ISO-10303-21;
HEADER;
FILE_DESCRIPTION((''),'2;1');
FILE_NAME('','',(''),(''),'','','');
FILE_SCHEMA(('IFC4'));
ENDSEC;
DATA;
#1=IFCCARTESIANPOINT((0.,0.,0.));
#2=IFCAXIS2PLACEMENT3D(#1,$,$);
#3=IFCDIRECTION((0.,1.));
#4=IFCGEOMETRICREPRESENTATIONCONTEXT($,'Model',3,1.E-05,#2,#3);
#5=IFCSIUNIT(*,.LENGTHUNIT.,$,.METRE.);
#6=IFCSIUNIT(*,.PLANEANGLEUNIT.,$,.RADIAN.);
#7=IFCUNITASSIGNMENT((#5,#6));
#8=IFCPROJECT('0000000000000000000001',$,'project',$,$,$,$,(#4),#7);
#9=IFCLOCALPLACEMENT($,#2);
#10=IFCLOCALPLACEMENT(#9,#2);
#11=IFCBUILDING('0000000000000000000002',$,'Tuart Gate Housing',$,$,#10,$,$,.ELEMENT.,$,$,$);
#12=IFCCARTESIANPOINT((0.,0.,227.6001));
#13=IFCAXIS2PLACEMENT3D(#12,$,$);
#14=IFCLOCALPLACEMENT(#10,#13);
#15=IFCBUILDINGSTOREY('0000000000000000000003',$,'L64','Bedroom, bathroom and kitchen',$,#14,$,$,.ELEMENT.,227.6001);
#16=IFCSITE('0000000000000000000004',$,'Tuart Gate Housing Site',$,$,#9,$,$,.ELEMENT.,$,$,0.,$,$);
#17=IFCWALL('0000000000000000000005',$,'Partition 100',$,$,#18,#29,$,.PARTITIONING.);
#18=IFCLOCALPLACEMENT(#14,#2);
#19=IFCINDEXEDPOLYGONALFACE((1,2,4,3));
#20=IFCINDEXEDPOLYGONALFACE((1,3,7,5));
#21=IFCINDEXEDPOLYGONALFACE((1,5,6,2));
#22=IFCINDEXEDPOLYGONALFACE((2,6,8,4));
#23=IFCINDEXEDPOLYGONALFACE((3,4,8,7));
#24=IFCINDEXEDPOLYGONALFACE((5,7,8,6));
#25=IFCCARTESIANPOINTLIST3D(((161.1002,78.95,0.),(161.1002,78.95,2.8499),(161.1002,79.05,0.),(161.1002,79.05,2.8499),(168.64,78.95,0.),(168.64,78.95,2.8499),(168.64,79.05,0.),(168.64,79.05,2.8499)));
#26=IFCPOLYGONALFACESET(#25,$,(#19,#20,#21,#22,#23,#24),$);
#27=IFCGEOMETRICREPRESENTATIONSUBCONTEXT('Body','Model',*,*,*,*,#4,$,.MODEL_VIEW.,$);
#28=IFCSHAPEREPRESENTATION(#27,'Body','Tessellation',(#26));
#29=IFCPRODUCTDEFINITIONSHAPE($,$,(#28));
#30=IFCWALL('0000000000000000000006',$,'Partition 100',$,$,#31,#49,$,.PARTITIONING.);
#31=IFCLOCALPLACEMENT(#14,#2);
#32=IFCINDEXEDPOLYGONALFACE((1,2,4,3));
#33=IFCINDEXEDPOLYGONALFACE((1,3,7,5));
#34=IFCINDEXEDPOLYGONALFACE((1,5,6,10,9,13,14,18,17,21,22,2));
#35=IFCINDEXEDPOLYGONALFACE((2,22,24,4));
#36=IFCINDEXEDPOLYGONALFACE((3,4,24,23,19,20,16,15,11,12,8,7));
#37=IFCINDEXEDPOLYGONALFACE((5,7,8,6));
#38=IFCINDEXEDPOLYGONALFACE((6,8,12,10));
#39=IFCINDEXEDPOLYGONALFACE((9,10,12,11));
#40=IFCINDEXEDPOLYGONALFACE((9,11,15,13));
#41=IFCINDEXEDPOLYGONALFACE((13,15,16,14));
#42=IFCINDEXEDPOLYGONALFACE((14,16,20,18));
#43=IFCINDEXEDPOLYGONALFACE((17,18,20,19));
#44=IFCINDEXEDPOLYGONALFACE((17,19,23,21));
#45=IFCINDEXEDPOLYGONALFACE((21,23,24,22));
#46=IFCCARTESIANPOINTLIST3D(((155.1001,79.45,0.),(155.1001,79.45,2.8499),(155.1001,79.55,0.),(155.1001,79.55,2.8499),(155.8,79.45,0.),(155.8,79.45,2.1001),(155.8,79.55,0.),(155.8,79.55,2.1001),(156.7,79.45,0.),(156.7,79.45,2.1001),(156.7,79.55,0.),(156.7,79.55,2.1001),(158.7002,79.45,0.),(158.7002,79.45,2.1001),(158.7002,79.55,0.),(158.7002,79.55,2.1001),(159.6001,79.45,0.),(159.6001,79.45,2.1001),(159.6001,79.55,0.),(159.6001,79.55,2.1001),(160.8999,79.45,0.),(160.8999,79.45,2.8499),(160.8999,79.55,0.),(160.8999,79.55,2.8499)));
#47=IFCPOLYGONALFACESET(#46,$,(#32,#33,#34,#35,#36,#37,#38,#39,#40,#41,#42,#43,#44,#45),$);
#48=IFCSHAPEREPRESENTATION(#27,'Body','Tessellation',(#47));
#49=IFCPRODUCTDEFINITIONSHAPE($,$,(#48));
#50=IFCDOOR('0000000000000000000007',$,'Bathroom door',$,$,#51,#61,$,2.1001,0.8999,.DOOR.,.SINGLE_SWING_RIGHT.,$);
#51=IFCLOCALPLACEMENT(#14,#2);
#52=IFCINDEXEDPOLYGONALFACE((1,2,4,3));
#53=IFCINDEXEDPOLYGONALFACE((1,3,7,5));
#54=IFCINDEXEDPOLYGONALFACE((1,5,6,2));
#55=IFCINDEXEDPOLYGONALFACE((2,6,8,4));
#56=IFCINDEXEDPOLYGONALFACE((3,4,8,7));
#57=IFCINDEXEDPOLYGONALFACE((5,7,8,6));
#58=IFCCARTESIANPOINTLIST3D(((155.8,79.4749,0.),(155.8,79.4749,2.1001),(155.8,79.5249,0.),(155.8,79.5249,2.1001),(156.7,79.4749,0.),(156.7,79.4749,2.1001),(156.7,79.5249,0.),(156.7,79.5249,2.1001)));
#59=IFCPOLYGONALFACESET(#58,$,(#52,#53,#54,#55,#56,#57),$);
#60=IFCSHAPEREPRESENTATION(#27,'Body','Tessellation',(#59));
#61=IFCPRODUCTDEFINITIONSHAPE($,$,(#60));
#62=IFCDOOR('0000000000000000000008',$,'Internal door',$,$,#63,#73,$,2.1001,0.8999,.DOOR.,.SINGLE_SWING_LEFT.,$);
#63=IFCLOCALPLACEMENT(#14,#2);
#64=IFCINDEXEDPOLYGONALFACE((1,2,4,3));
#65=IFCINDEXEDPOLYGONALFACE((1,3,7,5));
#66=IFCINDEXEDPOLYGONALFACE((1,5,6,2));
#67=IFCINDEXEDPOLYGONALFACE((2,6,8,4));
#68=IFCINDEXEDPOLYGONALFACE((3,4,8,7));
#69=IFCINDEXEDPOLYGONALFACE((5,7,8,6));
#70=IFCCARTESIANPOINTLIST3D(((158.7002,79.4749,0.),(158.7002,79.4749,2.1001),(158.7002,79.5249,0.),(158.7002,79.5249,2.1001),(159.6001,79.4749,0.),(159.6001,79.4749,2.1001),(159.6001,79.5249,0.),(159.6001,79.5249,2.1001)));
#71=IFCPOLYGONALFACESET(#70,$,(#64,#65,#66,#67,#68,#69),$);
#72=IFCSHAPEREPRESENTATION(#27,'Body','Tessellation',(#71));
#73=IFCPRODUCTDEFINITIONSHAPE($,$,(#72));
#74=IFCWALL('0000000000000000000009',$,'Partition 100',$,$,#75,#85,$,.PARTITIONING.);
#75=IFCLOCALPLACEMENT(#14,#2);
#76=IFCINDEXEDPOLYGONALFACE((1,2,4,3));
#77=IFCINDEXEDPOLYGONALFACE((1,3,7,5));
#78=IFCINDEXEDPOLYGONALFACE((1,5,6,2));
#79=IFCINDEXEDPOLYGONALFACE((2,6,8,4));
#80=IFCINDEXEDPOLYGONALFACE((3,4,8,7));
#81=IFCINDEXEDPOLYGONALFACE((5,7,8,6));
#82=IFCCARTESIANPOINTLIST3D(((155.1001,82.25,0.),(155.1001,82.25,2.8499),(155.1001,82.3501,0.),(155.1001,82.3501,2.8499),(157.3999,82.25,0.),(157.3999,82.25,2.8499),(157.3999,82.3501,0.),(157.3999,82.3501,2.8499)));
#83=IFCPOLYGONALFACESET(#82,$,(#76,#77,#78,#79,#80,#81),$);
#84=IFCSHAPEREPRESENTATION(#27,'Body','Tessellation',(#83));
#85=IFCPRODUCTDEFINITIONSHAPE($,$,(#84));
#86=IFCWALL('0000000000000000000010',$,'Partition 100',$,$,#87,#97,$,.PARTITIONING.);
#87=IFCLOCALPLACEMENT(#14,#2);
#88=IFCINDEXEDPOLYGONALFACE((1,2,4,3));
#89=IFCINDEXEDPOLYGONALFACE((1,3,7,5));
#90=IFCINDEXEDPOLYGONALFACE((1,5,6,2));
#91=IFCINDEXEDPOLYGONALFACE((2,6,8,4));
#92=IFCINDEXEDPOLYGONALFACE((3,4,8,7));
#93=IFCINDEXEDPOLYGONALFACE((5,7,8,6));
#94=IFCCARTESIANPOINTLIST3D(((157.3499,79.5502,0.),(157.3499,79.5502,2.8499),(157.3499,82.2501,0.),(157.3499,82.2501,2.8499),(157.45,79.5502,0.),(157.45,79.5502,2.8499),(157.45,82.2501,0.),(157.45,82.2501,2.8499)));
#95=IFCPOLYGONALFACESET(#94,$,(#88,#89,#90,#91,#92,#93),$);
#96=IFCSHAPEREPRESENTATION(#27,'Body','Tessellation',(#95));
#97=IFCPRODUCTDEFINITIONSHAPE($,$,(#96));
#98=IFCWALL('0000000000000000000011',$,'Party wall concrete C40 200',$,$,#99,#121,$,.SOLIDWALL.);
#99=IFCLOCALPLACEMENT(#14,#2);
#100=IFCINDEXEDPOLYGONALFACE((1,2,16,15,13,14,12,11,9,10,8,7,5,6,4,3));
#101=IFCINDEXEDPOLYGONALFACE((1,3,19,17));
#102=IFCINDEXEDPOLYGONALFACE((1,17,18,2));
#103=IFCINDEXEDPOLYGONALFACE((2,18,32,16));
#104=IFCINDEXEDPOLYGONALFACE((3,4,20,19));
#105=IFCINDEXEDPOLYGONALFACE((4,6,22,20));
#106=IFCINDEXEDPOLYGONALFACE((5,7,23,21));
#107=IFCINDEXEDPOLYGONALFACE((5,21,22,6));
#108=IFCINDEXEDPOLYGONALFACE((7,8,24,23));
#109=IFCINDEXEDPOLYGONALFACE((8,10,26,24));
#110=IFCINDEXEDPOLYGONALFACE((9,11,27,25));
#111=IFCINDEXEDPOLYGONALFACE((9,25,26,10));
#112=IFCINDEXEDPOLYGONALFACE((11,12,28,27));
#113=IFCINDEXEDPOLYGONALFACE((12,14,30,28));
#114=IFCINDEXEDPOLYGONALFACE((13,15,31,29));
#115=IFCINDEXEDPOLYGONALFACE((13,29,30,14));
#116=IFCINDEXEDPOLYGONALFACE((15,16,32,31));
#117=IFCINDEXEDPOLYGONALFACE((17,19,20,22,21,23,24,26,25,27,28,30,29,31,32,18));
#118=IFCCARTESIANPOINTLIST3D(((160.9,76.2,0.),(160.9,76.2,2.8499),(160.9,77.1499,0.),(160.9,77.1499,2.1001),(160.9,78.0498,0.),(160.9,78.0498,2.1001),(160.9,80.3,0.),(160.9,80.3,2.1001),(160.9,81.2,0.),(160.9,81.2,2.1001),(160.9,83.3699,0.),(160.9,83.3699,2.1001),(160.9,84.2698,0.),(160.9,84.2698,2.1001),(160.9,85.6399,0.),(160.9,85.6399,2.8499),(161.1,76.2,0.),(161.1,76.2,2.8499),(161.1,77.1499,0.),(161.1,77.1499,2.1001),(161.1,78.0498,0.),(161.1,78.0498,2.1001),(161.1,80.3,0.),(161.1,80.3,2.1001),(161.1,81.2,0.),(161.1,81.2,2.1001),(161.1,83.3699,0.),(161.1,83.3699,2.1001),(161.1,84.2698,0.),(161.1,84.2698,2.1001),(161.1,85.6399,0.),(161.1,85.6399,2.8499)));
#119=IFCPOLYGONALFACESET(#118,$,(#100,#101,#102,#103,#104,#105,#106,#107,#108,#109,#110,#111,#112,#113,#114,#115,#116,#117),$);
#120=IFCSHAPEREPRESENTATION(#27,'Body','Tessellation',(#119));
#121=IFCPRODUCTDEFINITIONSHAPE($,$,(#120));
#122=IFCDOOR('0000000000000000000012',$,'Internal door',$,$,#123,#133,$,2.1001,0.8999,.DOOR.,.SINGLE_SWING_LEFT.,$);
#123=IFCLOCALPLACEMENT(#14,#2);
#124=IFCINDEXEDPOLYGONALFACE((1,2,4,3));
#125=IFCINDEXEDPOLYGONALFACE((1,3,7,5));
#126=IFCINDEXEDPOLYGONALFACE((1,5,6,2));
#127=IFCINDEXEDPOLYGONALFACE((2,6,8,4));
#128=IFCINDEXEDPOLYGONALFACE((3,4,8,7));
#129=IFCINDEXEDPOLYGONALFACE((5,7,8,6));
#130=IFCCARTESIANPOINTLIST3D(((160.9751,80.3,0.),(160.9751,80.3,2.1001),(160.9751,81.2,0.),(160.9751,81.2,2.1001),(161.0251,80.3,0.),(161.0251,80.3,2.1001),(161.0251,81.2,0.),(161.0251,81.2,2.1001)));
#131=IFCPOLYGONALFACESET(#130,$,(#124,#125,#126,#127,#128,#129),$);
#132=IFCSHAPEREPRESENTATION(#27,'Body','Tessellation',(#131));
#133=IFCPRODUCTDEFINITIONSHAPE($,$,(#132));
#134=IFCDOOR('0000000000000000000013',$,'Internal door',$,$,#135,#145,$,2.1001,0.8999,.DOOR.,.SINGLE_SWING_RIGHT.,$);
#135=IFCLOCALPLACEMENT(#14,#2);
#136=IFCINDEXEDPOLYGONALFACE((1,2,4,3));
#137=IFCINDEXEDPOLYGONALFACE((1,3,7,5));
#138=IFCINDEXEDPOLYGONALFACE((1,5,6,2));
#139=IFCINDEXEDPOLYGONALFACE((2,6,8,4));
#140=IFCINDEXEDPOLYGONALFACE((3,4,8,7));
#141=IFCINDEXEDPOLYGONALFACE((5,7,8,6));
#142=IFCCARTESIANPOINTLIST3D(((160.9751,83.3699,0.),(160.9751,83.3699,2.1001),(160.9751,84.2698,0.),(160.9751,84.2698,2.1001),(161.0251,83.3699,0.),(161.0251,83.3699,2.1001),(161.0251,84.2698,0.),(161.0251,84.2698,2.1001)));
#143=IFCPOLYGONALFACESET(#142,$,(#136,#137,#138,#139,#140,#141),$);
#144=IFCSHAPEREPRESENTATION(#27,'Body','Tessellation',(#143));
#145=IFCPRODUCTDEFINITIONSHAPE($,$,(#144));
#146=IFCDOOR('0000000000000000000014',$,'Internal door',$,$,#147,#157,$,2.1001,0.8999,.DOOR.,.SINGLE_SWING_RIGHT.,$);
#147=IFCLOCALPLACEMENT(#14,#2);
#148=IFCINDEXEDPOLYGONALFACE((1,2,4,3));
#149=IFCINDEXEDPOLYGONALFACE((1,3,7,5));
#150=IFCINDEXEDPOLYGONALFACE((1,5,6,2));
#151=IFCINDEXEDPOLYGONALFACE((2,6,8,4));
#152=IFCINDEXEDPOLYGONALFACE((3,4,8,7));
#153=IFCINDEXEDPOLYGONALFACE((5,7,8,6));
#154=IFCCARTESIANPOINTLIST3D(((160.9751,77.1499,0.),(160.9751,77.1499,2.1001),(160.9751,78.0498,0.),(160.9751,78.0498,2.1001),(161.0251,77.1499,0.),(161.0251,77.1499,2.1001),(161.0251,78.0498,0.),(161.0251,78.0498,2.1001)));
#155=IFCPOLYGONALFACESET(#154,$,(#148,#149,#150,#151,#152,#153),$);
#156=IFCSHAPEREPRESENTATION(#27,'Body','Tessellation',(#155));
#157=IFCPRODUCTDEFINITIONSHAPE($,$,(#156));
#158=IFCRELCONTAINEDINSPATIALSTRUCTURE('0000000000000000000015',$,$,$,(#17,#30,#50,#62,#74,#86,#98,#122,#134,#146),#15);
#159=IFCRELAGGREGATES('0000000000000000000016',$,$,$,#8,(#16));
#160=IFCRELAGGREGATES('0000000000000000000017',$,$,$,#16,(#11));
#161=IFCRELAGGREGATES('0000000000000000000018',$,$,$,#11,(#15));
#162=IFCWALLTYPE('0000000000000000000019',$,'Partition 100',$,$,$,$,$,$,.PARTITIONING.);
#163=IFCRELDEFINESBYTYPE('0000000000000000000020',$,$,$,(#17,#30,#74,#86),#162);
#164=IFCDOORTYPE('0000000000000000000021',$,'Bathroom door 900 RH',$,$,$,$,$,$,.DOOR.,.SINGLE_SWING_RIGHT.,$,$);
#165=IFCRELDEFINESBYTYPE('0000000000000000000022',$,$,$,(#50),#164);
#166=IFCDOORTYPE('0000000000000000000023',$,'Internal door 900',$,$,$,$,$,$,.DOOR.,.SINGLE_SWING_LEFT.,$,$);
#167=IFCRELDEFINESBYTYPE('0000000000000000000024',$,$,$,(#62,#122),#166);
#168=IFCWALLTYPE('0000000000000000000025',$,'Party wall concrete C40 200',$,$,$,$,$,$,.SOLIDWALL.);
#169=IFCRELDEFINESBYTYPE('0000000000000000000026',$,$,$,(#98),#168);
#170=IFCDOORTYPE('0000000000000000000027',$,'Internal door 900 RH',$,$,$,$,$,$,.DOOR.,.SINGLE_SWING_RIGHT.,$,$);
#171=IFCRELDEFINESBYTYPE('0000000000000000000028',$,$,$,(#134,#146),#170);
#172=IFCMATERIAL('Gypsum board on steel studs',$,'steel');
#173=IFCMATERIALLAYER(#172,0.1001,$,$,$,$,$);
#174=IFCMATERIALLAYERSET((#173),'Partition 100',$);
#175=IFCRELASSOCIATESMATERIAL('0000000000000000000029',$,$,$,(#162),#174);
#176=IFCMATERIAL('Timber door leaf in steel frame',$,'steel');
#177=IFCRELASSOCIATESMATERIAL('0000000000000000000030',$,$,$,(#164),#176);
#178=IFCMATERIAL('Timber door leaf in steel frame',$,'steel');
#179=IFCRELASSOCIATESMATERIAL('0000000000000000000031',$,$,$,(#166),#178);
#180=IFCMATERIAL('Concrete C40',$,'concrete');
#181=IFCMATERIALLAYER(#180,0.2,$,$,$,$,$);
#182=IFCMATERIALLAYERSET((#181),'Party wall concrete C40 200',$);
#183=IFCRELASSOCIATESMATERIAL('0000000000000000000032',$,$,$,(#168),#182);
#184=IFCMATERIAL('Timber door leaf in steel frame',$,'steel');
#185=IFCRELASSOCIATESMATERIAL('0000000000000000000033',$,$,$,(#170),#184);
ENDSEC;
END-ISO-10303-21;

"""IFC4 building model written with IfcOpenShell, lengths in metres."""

from ifc_helpers import new_model, si_unit, direction, frame, frame_2d, origin, place, context, subcontext, project, spatial, rectangle, extrude, material, layer, layer_set, type_object, element, fill, save


model = new_model("IFC4")

# Units and contexts
model_context = context("Model", 3, precision=1e-05, world=origin(), true_north=direction((0.0, 1.0)))
body_context = subcontext(model_context, "Body", "Model", "MODEL_VIEW")
ifc_project = project(units=[si_unit("LENGTHUNIT", "METRE"), si_unit("PLANEANGLEUNIT", "RADIAN")], contexts=[model_context])

# Site, building, storey
site_placement = place(None, origin())
site = spatial("IfcSite", under=ifc_project, at=site_placement, Name="Tuart Gate Housing Site", CompositionType="ELEMENT", RefElevation=0.0)
building_placement = place(site_placement, origin())
building = spatial("IfcBuilding", under=site, at=building_placement, Name="Tuart Gate Housing", CompositionType="ELEMENT")
storey_placement = place(building_placement, frame((0.0, 0.0, 227.6001)))
storey = spatial("IfcBuildingStorey", under=building, at=storey_placement, Name="L64", Description="Bedroom, bathroom and kitchen", CompositionType="ELEMENT", Elevation=227.6001)

# Wall
ifc_material_1 = material(Name="Gypsum board on steel studs", Category="steel")
ifc_layer_1 = layer(ifc_material_1, 0.1001)
ifc_layer_set_1 = layer_set([ifc_layer_1], Name="Partition 100")
wall_type_1 = type_object("IfcWallType", Name="Partition 100", PredefinedType="PARTITIONING", material=ifc_layer_set_1)
wall_1_placement = place(storey_placement, frame((161.1001, 79.0, 0.0), z_axis=(0.0, 0.0, 1.0), x_axis=(1.0, 0.0, 0.0)))
element("IfcWall", 1, at=wall_1_placement, inside=storey, type_object=wall_type_1, Name="Partition 100", PredefinedType="PARTITIONING", context=body_context, shape_type="SweptSolid", body=[
    extrude(rectangle(XDim=7.5398, YDim=0.1001, at=frame_2d((3.77, 0.0))), origin(), (0.0, 0.0, 1.0), 2.8499),
])

# Wall, openings, doors
wall_2_placement = place(storey_placement, frame((155.1001, 79.5, 0.0), z_axis=(0.0, 0.0, 1.0), x_axis=(1.0, 0.0, 0.0)))
wall_2 = element("IfcWall", 2, at=wall_2_placement, inside=storey, type_object=wall_type_1, Name="Partition 100", PredefinedType="PARTITIONING", context=body_context, shape_type="SweptSolid", body=[
    extrude(rectangle(XDim=5.7998, YDim=0.1001, at=frame_2d((2.8999, 0.0))), origin(), (0.0, 0.0, 1.0), 2.8499),
])
opening_1_placement = place(wall_2_placement, frame((3.6001, 0.0, 0.0)))
opening_1 = element("IfcOpeningElement", 3, at=opening_1_placement, cuts=wall_2, PredefinedType="OPENING", context=body_context, shape_type="SweptSolid", body=[
    extrude(rectangle(XDim=0.8999, YDim=2.1001, at=frame_2d((0.45, 1.05))), frame((0.0, 0.0601, 0.0), z_axis=(0.0, -1.0, 0.0), x_axis=(1.0, 0.0, 0.0)), (0.0, 0.0, 1.0), 0.1201),
])
opening_2_placement = place(wall_2_placement, frame((0.7, 0.0, 0.0)))
opening_2 = element("IfcOpeningElement", 4, at=opening_2_placement, cuts=wall_2, PredefinedType="OPENING", context=body_context, shape_type="SweptSolid", body=[
    extrude(rectangle(XDim=0.8999, YDim=2.1001, at=frame_2d((0.45, 1.05))), frame((0.0, 0.0601, 0.0), z_axis=(0.0, -1.0, 0.0), x_axis=(1.0, 0.0, 0.0)), (0.0, 0.0, 1.0), 0.1201),
])
ifc_material_2 = material(Name="Timber door leaf in steel frame", Category="steel")
door_type_1 = type_object("IfcDoorType", Name="Bathroom door 900 RH", OperationType="SINGLE_SWING_RIGHT", PredefinedType="DOOR", material=ifc_material_2)
door_1_placement = place(opening_2_placement, origin())
door_1 = element("IfcDoor", 5, at=door_1_placement, inside=storey, type_object=door_type_1, Name="Bathroom door", OperationType="SINGLE_SWING_RIGHT", OverallHeight=2.1001, OverallWidth=0.8999, PredefinedType="DOOR", context=body_context, shape_type="SweptSolid", body=[
    extrude(rectangle(XDim=0.8999, YDim=2.1001, at=frame_2d((0.45, 1.05))), frame((0.0, 0.0249, 0.0), z_axis=(0.0, -1.0, 0.0), x_axis=(1.0, 0.0, 0.0)), (0.0, 0.0, 1.0), 0.05),
])
fill(opening_2, door_1)
ifc_material_3 = material(Name="Timber door leaf in steel frame", Category="steel")
door_type_2 = type_object("IfcDoorType", Name="Internal door 900", OperationType="SINGLE_SWING_LEFT", PredefinedType="DOOR", material=ifc_material_3)
door_2_placement = place(opening_1_placement, frame((0.8999, 0.0, 0.0), z_axis=(0.0, 0.0, 1.0), x_axis=(-1.0, 0.0, 0.0)))
door_2 = element("IfcDoor", 6, at=door_2_placement, inside=storey, type_object=door_type_2, Name="Internal door", OperationType="SINGLE_SWING_LEFT", OverallHeight=2.1001, OverallWidth=0.8999, PredefinedType="DOOR", context=body_context, shape_type="SweptSolid", body=[
    extrude(rectangle(XDim=0.8999, YDim=2.1001, at=frame_2d((0.45, 1.05))), frame((0.0, 0.0251, 0.0), z_axis=(0.0, -1.0, 0.0), x_axis=(1.0, 0.0, 0.0)), (0.0, 0.0, 1.0), 0.05),
])
fill(opening_1, door_2)

# Walls
wall_3_placement = place(storey_placement, frame((155.1001, 82.3, 0.0), z_axis=(0.0, 0.0, 1.0), x_axis=(1.0, 0.0, 0.0)))
element("IfcWall", 7, at=wall_3_placement, inside=storey, type_object=wall_type_1, Name="Partition 100", PredefinedType="PARTITIONING", context=body_context, shape_type="SweptSolid", body=[
    extrude(rectangle(XDim=2.2998, YDim=0.1001, at=frame_2d((1.1499, 0.0))), origin(), (0.0, 0.0, 1.0), 2.8499),
])
wall_4_placement = place(storey_placement, frame((157.3999, 79.55, 0.0), z_axis=(0.0, 0.0, 1.0), x_axis=(0.0, 1.0, 0.0)))
element("IfcWall", 8, at=wall_4_placement, inside=storey, type_object=wall_type_1, Name="Partition 100", PredefinedType="PARTITIONING", context=body_context, shape_type="SweptSolid", body=[
    extrude(rectangle(XDim=2.7, YDim=0.1001, at=frame_2d((1.3501, 0.0))), origin(), (0.0, 0.0, 1.0), 2.8499),
])

# Wall, openings, doors
ifc_material_4 = material(Name="Concrete C40", Category="concrete")
ifc_layer_2 = layer(ifc_material_4, 0.2)
ifc_layer_set_2 = layer_set([ifc_layer_2], Name="Party wall concrete C40 200")
wall_type_2 = type_object("IfcWallType", Name="Party wall concrete C40 200", PredefinedType="SOLIDWALL", material=ifc_layer_set_2)
wall_5_placement = place(storey_placement, frame((161.0, 76.2, 0.0), z_axis=(0.0, 0.0, 1.0), x_axis=(0.0, 1.0, 0.0)))
wall_5 = element("IfcWall", 9, at=wall_5_placement, inside=storey, type_object=wall_type_2, Name="Party wall concrete C40 200", PredefinedType="SOLIDWALL", context=body_context, shape_type="SweptSolid", body=[
    extrude(rectangle(XDim=9.4399, YDim=0.2, at=frame_2d((4.72, 0.0))), origin(), (0.0, 0.0, 1.0), 2.8499),
])
opening_3_placement = place(wall_5_placement, frame((7.1699, 0.0, 0.0)))
opening_3 = element("IfcOpeningElement", 10, at=opening_3_placement, cuts=wall_5, PredefinedType="OPENING", context=body_context, shape_type="SweptSolid", body=[
    extrude(rectangle(XDim=0.8999, YDim=2.1001, at=frame_2d((0.45, 1.05))), frame((0.0, 0.1099, 0.0), z_axis=(0.0, -1.0, 0.0), x_axis=(1.0, 0.0, 0.0)), (0.0, 0.0, 1.0), 0.22),
])
opening_4_placement = place(wall_5_placement, frame((4.1001, 0.0, 0.0)))
opening_4 = element("IfcOpeningElement", 11, at=opening_4_placement, cuts=wall_5, PredefinedType="OPENING", context=body_context, shape_type="SweptSolid", body=[
    extrude(rectangle(XDim=0.8999, YDim=2.1001, at=frame_2d((0.45, 1.05))), frame((0.0, 0.1099, 0.0), z_axis=(0.0, -1.0, 0.0), x_axis=(1.0, 0.0, 0.0)), (0.0, 0.0, 1.0), 0.22),
])
opening_5_placement = place(wall_5_placement, frame((0.95, 0.0, 0.0)))
opening_5 = element("IfcOpeningElement", 12, at=opening_5_placement, cuts=wall_5, PredefinedType="OPENING", context=body_context, shape_type="SweptSolid", body=[
    extrude(rectangle(XDim=0.8999, YDim=2.1001, at=frame_2d((0.45, 1.05))), frame((0.0, 0.1099, 0.0), z_axis=(0.0, -1.0, 0.0), x_axis=(1.0, 0.0, 0.0)), (0.0, 0.0, 1.0), 0.22),
])
door_3_placement = place(opening_4_placement, frame((0.8999, 0.0, 0.0), z_axis=(0.0, 0.0, 1.0), x_axis=(-1.0, 0.0, 0.0)))
door_3 = element("IfcDoor", 13, at=door_3_placement, inside=storey, type_object=door_type_2, Name="Internal door", OperationType="SINGLE_SWING_LEFT", OverallHeight=2.1001, OverallWidth=0.8999, PredefinedType="DOOR", context=body_context, shape_type="SweptSolid", body=[
    extrude(rectangle(XDim=0.8999, YDim=2.1001, at=frame_2d((0.45, 1.05))), frame((0.0, 0.0251, 0.0), z_axis=(0.0, -1.0, 0.0), x_axis=(1.0, 0.0, 0.0)), (0.0, 0.0, 1.0), 0.05),
])
fill(opening_4, door_3)
ifc_material_5 = material(Name="Timber door leaf in steel frame", Category="steel")
door_type_3 = type_object("IfcDoorType", Name="Internal door 900 RH", OperationType="SINGLE_SWING_RIGHT", PredefinedType="DOOR", material=ifc_material_5)
door_4_placement = place(opening_3_placement, frame((0.8999, 0.0, 0.0), z_axis=(0.0, 0.0, 1.0), x_axis=(-1.0, 0.0, 0.0)))
door_4 = element("IfcDoor", 14, at=door_4_placement, inside=storey, type_object=door_type_3, Name="Internal door", OperationType="SINGLE_SWING_RIGHT", OverallHeight=2.1001, OverallWidth=0.8999, PredefinedType="DOOR", context=body_context, shape_type="SweptSolid", body=[
    extrude(rectangle(XDim=0.8999, YDim=2.1001, at=frame_2d((0.45, 1.05))), frame((0.0, 0.0251, 0.0), z_axis=(0.0, -1.0, 0.0), x_axis=(1.0, 0.0, 0.0)), (0.0, 0.0, 1.0), 0.05),
])
fill(opening_3, door_4)
door_5_placement = place(opening_5_placement, frame((0.8999, 0.0, 0.0), z_axis=(0.0, 0.0, 1.0), x_axis=(-1.0, 0.0, 0.0)))
door_5 = element("IfcDoor", 15, at=door_5_placement, inside=storey, type_object=door_type_3, Name="Internal door", OperationType="SINGLE_SWING_RIGHT", OverallHeight=2.1001, OverallWidth=0.8999, PredefinedType="DOOR", context=body_context, shape_type="SweptSolid", body=[
    extrude(rectangle(XDim=0.8999, YDim=2.1001, at=frame_2d((0.45, 1.05))), frame((0.0, 0.0251, 0.0), z_axis=(0.0, -1.0, 0.0), x_axis=(1.0, 0.0, 0.0)), (0.0, 0.0, 1.0), 0.05),
])
fill(opening_5, door_5)

save(model, "model.ifc")
